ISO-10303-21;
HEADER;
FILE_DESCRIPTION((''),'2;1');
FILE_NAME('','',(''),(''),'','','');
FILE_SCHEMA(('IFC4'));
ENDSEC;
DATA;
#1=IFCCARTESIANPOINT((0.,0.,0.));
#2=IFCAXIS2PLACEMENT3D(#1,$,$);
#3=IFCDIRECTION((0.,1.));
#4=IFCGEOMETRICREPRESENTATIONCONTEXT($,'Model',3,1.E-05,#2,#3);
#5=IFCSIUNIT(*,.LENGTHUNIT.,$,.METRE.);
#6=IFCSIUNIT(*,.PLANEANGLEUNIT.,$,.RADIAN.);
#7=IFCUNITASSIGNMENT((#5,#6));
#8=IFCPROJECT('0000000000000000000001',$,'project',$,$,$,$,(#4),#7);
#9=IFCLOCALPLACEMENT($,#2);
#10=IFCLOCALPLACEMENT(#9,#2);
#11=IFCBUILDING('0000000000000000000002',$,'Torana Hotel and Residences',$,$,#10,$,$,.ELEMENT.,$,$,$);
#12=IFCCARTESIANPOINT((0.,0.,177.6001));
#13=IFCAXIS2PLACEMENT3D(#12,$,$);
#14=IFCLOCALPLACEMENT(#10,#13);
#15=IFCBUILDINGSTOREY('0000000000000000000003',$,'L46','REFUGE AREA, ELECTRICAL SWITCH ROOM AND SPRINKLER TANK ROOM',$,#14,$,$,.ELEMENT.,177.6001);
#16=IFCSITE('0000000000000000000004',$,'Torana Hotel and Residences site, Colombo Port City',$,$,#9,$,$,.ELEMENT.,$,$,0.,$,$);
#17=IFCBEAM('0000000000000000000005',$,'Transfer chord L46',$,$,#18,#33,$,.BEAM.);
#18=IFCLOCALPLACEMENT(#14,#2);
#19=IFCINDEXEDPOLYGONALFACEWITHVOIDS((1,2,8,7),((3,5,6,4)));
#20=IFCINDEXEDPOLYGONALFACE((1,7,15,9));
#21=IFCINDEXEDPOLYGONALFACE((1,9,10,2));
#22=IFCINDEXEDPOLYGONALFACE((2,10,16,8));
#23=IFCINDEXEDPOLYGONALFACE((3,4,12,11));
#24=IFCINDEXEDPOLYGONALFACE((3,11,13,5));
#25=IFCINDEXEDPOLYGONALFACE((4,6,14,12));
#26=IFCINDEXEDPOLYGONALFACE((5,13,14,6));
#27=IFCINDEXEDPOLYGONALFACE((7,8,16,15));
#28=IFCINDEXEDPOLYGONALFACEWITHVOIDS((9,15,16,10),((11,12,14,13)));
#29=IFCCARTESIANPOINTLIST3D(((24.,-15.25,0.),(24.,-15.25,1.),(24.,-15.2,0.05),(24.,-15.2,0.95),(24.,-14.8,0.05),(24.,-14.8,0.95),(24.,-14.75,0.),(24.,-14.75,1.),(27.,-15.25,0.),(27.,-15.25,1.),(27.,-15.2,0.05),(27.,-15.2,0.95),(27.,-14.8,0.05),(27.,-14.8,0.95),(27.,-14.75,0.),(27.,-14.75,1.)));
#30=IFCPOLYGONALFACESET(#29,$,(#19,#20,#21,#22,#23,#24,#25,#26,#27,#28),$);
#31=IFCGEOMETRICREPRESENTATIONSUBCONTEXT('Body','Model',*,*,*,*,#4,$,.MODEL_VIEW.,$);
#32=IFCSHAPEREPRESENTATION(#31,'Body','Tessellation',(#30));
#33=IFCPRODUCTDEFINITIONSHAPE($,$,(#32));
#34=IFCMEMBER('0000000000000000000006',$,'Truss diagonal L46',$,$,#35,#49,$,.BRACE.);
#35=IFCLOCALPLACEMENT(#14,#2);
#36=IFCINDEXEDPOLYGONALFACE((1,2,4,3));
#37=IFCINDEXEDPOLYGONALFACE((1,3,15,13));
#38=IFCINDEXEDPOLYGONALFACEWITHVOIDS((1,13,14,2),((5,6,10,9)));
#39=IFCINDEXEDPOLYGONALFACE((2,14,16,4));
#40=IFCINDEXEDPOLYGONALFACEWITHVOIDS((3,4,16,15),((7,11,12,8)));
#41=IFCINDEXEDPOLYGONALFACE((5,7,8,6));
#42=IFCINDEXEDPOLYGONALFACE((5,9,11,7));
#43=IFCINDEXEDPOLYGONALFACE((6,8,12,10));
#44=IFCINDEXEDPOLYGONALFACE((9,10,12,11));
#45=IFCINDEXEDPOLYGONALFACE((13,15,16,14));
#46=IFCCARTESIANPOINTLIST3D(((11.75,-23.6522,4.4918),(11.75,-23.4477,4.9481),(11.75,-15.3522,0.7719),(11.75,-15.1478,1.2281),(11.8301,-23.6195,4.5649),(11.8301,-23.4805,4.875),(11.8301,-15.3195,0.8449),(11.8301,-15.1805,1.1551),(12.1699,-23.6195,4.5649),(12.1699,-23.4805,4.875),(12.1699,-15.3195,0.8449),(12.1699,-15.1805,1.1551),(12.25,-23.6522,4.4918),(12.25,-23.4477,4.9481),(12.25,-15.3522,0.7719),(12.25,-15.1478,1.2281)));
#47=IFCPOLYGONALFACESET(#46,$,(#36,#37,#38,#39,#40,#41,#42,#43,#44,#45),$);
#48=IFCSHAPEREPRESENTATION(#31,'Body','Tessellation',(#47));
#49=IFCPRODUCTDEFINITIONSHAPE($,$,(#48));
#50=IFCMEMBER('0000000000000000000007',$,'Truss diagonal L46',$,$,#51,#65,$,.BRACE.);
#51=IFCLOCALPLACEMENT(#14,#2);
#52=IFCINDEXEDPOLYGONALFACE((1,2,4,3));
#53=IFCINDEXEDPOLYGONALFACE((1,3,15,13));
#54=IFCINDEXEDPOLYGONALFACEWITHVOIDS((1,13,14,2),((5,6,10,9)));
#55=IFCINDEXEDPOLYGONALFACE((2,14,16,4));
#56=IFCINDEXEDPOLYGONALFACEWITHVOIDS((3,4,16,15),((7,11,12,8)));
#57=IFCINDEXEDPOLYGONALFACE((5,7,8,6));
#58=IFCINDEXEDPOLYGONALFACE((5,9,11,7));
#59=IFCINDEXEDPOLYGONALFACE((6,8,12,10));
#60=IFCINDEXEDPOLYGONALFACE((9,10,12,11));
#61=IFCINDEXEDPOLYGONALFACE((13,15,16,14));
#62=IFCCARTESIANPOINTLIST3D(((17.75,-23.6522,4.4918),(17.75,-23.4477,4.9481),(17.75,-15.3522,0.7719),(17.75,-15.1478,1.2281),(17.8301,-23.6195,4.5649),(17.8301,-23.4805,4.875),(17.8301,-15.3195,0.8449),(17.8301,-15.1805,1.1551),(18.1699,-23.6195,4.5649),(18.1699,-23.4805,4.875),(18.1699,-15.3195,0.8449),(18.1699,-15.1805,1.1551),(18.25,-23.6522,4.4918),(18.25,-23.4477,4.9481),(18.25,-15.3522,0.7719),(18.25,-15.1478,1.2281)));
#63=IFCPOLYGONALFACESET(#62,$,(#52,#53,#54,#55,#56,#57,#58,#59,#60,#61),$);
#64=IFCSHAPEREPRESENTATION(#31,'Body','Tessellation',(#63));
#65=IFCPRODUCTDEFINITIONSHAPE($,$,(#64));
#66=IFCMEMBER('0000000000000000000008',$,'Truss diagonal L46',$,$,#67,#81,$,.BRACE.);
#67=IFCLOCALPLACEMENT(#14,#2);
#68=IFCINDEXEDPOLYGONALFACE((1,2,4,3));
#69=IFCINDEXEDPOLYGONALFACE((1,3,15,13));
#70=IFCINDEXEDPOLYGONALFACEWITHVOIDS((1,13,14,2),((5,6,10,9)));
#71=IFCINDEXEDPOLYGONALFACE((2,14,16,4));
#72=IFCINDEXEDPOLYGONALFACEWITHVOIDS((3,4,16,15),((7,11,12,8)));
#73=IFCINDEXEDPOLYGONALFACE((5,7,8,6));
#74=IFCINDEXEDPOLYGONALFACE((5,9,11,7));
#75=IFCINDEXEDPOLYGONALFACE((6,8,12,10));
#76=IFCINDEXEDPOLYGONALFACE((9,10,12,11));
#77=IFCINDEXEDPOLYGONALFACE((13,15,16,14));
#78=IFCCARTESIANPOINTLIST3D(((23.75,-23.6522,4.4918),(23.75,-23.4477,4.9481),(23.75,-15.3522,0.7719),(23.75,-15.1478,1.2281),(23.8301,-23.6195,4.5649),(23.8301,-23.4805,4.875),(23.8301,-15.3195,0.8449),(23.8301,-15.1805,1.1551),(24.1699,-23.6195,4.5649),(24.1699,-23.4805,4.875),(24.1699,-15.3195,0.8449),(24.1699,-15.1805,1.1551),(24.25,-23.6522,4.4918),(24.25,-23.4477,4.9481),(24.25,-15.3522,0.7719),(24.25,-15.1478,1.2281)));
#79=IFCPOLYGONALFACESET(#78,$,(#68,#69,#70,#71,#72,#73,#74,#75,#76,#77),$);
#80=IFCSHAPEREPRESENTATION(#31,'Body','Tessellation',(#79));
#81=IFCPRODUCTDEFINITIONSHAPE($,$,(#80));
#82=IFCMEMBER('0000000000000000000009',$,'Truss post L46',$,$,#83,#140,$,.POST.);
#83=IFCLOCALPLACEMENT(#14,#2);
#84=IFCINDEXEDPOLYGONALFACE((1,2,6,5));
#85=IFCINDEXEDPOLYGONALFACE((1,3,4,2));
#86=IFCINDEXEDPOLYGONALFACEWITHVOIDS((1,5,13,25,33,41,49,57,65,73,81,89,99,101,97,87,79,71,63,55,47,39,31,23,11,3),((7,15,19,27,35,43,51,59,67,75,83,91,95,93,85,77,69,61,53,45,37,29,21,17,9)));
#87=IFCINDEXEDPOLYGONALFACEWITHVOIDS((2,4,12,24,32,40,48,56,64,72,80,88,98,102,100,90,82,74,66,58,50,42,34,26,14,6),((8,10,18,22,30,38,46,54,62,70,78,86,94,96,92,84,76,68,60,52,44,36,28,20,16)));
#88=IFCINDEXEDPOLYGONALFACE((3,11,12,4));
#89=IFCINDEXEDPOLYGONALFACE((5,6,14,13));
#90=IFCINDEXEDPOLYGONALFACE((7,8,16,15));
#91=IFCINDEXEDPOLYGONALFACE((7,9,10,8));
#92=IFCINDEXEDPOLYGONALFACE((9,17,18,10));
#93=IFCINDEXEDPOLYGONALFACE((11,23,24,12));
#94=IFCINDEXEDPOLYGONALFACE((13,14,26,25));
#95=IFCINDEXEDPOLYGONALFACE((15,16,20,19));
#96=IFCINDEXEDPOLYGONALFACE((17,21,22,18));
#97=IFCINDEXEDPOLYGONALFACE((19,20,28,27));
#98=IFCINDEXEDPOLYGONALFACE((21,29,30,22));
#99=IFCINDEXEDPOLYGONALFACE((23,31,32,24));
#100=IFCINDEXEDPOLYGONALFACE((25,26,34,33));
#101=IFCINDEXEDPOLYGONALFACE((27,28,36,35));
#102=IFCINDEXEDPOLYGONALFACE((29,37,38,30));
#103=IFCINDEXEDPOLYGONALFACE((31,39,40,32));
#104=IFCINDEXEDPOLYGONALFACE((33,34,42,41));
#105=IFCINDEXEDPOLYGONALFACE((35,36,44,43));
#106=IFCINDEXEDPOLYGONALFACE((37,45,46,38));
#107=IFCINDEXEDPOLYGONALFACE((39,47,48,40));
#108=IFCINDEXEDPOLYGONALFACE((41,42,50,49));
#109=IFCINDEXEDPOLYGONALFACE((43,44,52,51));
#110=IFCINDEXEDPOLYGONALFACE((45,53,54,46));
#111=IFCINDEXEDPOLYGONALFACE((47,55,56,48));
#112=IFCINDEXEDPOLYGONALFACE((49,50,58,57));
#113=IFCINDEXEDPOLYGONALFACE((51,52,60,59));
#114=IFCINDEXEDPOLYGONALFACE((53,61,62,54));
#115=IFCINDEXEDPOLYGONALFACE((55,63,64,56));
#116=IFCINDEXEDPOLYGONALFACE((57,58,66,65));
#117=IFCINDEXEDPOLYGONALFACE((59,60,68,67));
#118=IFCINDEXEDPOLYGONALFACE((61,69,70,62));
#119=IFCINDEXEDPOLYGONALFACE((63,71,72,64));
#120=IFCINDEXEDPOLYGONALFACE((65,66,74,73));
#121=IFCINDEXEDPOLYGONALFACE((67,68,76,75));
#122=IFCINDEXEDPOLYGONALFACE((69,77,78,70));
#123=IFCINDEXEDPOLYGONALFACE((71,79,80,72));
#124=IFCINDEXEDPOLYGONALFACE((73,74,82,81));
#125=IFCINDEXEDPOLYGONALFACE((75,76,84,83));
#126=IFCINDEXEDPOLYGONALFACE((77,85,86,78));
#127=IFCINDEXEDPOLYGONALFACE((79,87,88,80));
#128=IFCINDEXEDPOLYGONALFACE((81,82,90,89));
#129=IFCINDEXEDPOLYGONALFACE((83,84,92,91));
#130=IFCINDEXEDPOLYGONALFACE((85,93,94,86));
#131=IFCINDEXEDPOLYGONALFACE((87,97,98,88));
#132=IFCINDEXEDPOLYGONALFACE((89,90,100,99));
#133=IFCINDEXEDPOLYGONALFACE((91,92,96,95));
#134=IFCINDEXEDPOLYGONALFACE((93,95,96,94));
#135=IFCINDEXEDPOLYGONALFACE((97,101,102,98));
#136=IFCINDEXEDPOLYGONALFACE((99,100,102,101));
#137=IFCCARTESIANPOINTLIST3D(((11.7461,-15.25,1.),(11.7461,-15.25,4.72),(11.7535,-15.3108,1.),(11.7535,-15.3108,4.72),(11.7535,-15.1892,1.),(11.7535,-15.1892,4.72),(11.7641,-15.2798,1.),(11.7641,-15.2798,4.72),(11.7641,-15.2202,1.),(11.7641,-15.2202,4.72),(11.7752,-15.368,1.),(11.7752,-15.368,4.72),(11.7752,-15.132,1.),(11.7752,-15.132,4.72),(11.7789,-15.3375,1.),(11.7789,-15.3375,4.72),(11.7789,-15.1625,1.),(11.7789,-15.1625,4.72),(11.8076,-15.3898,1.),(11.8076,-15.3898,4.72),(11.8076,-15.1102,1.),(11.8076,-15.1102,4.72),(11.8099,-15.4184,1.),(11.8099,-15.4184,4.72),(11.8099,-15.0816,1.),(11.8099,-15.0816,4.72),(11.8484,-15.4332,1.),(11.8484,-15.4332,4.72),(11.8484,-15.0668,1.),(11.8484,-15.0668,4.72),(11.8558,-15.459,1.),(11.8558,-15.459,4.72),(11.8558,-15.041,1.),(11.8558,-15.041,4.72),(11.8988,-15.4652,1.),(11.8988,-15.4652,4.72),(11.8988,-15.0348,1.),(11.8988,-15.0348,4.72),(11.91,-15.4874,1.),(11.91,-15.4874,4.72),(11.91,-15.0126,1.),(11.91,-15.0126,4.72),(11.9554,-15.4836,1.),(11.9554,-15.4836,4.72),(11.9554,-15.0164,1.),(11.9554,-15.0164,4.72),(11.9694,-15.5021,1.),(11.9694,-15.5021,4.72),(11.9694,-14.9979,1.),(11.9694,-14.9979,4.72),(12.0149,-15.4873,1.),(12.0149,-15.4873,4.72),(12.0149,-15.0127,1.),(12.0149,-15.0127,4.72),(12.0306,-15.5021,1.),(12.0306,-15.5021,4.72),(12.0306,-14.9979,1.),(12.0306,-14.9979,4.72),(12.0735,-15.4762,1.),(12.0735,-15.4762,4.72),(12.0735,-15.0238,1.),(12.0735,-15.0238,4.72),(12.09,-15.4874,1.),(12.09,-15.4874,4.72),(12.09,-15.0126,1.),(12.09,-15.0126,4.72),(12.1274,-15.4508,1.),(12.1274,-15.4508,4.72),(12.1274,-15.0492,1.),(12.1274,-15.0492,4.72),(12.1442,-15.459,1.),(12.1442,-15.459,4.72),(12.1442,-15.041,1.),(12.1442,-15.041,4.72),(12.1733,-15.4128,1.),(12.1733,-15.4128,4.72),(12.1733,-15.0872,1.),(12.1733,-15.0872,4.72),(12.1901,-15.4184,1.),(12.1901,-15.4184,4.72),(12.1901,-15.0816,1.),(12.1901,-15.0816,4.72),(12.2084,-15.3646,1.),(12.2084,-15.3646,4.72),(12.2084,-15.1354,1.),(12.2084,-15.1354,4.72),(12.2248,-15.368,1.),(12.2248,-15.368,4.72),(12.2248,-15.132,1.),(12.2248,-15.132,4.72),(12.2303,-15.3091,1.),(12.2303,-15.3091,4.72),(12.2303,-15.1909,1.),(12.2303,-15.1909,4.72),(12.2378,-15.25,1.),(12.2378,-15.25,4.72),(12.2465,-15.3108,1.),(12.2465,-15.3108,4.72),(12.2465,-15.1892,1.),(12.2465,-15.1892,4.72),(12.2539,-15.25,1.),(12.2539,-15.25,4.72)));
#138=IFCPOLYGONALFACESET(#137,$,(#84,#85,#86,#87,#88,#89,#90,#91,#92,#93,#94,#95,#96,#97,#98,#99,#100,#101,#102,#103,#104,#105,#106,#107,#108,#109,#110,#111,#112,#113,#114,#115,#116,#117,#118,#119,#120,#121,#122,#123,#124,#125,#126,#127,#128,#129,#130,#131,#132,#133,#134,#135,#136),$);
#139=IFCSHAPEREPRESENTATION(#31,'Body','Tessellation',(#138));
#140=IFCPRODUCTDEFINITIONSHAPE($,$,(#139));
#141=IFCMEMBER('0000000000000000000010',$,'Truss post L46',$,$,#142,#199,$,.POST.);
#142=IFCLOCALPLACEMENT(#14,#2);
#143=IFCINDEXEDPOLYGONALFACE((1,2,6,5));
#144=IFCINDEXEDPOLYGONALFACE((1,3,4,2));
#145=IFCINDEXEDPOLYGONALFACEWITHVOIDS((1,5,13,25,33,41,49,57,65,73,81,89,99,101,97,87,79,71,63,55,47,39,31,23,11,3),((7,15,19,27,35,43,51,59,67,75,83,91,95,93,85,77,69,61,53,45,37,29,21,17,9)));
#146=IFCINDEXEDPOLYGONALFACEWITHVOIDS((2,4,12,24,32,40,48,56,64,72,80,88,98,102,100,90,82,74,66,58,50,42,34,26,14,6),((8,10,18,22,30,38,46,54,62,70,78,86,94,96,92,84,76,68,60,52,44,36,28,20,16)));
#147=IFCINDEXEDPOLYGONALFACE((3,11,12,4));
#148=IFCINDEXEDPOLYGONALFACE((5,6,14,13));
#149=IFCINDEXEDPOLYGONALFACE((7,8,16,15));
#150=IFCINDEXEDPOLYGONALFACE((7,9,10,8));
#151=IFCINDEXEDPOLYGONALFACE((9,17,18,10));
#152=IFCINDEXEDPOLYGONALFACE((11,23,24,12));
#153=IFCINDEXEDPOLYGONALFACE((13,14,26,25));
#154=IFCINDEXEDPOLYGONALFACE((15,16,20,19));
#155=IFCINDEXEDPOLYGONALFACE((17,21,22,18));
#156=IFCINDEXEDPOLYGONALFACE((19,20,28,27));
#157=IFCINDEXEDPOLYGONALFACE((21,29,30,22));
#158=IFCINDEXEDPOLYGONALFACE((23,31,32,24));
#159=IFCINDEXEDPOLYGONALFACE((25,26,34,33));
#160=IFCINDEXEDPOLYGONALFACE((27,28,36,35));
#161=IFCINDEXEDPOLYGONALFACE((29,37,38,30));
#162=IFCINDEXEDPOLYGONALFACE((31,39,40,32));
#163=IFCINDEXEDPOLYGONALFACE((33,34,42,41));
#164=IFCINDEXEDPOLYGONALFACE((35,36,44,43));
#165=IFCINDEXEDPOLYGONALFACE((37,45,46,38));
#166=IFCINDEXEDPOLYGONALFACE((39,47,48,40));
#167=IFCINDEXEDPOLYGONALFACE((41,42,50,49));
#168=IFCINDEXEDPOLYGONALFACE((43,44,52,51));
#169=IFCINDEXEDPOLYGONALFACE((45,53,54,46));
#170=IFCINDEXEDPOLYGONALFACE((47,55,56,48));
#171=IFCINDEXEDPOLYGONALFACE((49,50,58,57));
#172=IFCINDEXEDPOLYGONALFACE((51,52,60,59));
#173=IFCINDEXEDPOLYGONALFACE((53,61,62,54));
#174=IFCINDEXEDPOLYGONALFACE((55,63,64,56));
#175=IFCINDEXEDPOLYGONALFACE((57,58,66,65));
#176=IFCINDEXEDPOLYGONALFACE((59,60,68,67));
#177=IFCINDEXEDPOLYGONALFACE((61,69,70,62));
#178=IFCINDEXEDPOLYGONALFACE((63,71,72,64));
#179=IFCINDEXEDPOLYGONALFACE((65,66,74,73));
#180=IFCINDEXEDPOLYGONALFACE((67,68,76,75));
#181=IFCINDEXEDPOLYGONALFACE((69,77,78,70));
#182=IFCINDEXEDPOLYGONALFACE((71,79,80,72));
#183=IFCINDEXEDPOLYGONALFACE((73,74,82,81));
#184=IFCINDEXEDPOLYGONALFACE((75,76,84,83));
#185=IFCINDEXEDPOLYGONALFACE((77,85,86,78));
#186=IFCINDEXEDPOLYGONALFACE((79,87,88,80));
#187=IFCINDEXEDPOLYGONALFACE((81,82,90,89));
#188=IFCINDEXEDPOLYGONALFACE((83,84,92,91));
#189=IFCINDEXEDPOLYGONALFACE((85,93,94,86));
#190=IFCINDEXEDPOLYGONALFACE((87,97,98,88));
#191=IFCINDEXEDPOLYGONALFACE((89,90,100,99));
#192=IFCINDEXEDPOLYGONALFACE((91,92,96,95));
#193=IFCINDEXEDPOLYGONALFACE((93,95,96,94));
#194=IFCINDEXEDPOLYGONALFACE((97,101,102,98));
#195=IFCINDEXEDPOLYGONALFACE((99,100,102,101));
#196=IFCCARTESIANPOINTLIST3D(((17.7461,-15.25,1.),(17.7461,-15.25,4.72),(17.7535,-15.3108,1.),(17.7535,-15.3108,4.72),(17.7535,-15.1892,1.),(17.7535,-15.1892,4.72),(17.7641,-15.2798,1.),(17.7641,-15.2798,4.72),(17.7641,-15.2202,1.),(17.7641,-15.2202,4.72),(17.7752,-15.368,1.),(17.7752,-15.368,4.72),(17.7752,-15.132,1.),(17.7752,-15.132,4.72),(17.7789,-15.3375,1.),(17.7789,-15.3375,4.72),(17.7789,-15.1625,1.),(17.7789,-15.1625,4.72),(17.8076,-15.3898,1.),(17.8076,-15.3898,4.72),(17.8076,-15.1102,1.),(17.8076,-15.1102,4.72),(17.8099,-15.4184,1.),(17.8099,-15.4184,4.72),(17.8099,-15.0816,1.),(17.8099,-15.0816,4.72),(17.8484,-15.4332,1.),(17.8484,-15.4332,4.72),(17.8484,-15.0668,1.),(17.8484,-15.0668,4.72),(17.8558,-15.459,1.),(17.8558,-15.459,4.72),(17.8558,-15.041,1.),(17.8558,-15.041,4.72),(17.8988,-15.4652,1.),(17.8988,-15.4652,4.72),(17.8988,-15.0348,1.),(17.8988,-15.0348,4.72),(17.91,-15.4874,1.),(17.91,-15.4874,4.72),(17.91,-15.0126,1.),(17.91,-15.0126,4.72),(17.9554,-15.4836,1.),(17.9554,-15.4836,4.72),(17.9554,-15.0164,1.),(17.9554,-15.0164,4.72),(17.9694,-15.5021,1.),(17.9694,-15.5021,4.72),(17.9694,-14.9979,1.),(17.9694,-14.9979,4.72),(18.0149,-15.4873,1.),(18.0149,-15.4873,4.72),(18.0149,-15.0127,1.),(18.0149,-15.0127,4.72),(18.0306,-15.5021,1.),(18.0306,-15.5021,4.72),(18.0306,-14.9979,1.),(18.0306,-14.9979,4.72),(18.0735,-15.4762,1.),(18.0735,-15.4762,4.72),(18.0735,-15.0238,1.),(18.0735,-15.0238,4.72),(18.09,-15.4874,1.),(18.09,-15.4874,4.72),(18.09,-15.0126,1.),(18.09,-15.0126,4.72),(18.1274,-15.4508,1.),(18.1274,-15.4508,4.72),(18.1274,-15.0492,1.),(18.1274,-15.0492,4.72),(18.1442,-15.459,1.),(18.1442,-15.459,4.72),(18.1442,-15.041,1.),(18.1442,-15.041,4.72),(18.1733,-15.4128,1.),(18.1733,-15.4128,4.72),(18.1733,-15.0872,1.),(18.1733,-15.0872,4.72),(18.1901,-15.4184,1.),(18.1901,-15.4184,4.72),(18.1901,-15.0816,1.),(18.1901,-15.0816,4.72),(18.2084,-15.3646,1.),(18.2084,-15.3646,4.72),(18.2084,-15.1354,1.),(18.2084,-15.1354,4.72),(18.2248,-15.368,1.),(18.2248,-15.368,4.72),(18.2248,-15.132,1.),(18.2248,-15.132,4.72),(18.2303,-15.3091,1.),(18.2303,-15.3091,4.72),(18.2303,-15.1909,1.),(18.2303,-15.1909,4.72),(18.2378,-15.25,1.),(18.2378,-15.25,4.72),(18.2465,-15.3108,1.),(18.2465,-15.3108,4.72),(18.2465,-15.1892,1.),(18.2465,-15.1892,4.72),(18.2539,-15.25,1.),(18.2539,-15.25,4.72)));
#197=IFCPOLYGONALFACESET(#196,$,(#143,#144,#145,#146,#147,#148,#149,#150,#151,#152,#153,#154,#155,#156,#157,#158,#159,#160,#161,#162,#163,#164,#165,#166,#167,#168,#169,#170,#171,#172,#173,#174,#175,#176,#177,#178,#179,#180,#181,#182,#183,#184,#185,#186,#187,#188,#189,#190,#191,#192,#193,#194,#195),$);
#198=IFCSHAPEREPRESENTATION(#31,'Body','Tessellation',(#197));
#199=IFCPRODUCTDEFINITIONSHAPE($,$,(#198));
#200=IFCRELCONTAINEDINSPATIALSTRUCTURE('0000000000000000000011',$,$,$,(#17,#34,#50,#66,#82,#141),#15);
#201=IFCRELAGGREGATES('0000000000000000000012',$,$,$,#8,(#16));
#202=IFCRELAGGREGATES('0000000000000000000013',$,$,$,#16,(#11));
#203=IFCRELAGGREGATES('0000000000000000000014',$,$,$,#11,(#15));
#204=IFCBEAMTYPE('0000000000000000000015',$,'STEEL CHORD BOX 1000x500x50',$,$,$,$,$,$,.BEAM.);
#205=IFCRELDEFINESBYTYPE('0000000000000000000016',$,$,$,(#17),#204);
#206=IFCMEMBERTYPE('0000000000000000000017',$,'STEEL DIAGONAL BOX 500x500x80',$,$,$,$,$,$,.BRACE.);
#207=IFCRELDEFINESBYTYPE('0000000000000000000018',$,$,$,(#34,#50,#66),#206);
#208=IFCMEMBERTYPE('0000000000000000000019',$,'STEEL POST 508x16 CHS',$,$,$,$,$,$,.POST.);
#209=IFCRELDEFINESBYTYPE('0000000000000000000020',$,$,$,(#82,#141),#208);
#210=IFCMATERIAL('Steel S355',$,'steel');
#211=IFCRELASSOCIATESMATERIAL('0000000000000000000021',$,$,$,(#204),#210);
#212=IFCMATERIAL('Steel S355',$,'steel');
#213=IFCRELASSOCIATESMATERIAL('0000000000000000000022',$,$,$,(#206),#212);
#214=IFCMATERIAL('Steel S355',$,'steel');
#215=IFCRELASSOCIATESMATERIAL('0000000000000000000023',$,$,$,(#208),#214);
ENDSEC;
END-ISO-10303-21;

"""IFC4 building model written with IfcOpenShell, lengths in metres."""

from ifc_helpers import new_model, si_unit, direction, frame, origin, origin_2d, place, context, subcontext, project, spatial, hollow_rectangle, hollow_circle, extrude, material, material_profile, profile_set, type_object, element, save


model = new_model("IFC4")

# Units and contexts
model_context = context("Model", 3, precision=1e-05, world=origin(), true_north=direction((0.0, 1.0)))
body_context = subcontext(model_context, "Body", "Model", "MODEL_VIEW")
ifc_project = project(units=[si_unit("LENGTHUNIT", "METRE"), si_unit("PLANEANGLEUNIT", "RADIAN")], contexts=[model_context])

# Site, building, storey
site_placement = place(None, origin())
site = spatial("IfcSite", under=ifc_project, at=site_placement, Name="Torana Hotel and Residences site, Colombo Port City", CompositionType="ELEMENT", RefElevation=0.0)
building_placement = place(site_placement, origin())
building = spatial("IfcBuilding", under=site, at=building_placement, Name="Torana Hotel and Residences", CompositionType="ELEMENT")
storey_placement = place(building_placement, frame((0.0, 0.0, 177.6001)))
storey = spatial("IfcBuildingStorey", under=building, at=storey_placement, Name="L46", Description="REFUGE AREA, ELECTRICAL SWITCH ROOM AND SPRINKLER TANK ROOM", CompositionType="ELEMENT", Elevation=177.6001)

# Beam
ifc_material_1 = material(Name="Steel S355", Category="steel")
ifc_material_profile_1 = material_profile(ifc_material_1, hollow_rectangle(XDim=0.5, YDim=1.0, WallThickness=0.05, at=origin_2d()), Name="BOX 1000x500x50")
ifc_profile_set_1 = profile_set([ifc_material_profile_1], Name="Steel S355")
beam_type = type_object("IfcBeamType", Name="STEEL CHORD BOX 1000x500x50", PredefinedType="BEAM", material=ifc_profile_set_1)
beam_placement = place(storey_placement, frame((24.0, -15.0, 0.5), z_axis=(1.0, 0.0, 0.0), x_axis=(0.0, 1.0, 0.0)))
element("IfcBeam", 1, at=beam_placement, inside=storey, type_object=beam_type, Name="Transfer chord L46", PredefinedType="BEAM", context=body_context, shape_type="SweptSolid", body=[
    extrude(hollow_rectangle(XDim=0.5, YDim=1.0, WallThickness=0.05, at=origin_2d()), origin(), (0.0, 0.0, 1.0), 3.0),
])

# Members
ifc_material_2 = material(Name="Steel S355", Category="steel")
ifc_material_profile_2 = material_profile(ifc_material_2, hollow_rectangle(XDim=0.5, YDim=0.5, WallThickness=0.0801, at=origin_2d()), Name="BOX 500x500x80")
ifc_profile_set_2 = profile_set([ifc_material_profile_2], Name="Steel S355")
member_type_1 = type_object("IfcMemberType", Name="STEEL DIAGONAL BOX 500x500x80", PredefinedType="BRACE", material=ifc_profile_set_2)
for number, where, z_axis, x_axis, name in (
    (2, (12.0, -15.25, 1.0), (0.0, -0.91254, 0.408988), (1.0, 0.0, 0.0), "Truss diagonal L46"),
    (3, (18.0, -15.25, 1.0), (0.0, -0.91254, 0.408988), (1.0, 0.0, 0.0), "Truss diagonal L46"),
    (4, (24.0, -15.25, 1.0), (0.0, -0.91254, 0.408988), (1.0, 0.0, 0.0), "Truss diagonal L46"),
):
    element("IfcMember", number, at=place(storey_placement, frame(where, z_axis=z_axis, x_axis=x_axis)), inside=storey, type_object=member_type_1, Name=name, PredefinedType="BRACE", context=body_context, shape_type="SweptSolid", body=[
        extrude(hollow_rectangle(XDim=0.5, YDim=0.5, WallThickness=0.0801, at=origin_2d()), origin(), (0.0, 0.0, 1.0), 9.0955),
    ])
ifc_material_3 = material(Name="Steel S355", Category="steel")
ifc_material_profile_3 = material_profile(ifc_material_3, hollow_circle(Radius=0.2539, WallThickness=0.0161, at=origin_2d()), Name="508x16 CHS")
ifc_profile_set_3 = profile_set([ifc_material_profile_3], Name="Steel S355")
member_type_2 = type_object("IfcMemberType", Name="STEEL POST 508x16 CHS", PredefinedType="POST", material=ifc_profile_set_3)
for number, where, z_axis, x_axis, name in (
    (5, (12.0, -15.25, 1.0), (0.0, 0.0, 1.0), (1.0, 0.0, 0.0), "Truss post L46"),
    (6, (18.0, -15.25, 1.0), (0.0, 0.0, 1.0), (1.0, 0.0, 0.0), "Truss post L46"),
):
    element("IfcMember", number, at=place(storey_placement, frame(where, z_axis=z_axis, x_axis=x_axis)), inside=storey, type_object=member_type_2, Name=name, PredefinedType="POST", context=body_context, shape_type="SweptSolid", body=[
        extrude(hollow_circle(Radius=0.2539, WallThickness=0.0161, at=origin_2d()), origin(), (0.0, 0.0, 1.0), 3.72),
    ])

save(model, "model.ifc")
